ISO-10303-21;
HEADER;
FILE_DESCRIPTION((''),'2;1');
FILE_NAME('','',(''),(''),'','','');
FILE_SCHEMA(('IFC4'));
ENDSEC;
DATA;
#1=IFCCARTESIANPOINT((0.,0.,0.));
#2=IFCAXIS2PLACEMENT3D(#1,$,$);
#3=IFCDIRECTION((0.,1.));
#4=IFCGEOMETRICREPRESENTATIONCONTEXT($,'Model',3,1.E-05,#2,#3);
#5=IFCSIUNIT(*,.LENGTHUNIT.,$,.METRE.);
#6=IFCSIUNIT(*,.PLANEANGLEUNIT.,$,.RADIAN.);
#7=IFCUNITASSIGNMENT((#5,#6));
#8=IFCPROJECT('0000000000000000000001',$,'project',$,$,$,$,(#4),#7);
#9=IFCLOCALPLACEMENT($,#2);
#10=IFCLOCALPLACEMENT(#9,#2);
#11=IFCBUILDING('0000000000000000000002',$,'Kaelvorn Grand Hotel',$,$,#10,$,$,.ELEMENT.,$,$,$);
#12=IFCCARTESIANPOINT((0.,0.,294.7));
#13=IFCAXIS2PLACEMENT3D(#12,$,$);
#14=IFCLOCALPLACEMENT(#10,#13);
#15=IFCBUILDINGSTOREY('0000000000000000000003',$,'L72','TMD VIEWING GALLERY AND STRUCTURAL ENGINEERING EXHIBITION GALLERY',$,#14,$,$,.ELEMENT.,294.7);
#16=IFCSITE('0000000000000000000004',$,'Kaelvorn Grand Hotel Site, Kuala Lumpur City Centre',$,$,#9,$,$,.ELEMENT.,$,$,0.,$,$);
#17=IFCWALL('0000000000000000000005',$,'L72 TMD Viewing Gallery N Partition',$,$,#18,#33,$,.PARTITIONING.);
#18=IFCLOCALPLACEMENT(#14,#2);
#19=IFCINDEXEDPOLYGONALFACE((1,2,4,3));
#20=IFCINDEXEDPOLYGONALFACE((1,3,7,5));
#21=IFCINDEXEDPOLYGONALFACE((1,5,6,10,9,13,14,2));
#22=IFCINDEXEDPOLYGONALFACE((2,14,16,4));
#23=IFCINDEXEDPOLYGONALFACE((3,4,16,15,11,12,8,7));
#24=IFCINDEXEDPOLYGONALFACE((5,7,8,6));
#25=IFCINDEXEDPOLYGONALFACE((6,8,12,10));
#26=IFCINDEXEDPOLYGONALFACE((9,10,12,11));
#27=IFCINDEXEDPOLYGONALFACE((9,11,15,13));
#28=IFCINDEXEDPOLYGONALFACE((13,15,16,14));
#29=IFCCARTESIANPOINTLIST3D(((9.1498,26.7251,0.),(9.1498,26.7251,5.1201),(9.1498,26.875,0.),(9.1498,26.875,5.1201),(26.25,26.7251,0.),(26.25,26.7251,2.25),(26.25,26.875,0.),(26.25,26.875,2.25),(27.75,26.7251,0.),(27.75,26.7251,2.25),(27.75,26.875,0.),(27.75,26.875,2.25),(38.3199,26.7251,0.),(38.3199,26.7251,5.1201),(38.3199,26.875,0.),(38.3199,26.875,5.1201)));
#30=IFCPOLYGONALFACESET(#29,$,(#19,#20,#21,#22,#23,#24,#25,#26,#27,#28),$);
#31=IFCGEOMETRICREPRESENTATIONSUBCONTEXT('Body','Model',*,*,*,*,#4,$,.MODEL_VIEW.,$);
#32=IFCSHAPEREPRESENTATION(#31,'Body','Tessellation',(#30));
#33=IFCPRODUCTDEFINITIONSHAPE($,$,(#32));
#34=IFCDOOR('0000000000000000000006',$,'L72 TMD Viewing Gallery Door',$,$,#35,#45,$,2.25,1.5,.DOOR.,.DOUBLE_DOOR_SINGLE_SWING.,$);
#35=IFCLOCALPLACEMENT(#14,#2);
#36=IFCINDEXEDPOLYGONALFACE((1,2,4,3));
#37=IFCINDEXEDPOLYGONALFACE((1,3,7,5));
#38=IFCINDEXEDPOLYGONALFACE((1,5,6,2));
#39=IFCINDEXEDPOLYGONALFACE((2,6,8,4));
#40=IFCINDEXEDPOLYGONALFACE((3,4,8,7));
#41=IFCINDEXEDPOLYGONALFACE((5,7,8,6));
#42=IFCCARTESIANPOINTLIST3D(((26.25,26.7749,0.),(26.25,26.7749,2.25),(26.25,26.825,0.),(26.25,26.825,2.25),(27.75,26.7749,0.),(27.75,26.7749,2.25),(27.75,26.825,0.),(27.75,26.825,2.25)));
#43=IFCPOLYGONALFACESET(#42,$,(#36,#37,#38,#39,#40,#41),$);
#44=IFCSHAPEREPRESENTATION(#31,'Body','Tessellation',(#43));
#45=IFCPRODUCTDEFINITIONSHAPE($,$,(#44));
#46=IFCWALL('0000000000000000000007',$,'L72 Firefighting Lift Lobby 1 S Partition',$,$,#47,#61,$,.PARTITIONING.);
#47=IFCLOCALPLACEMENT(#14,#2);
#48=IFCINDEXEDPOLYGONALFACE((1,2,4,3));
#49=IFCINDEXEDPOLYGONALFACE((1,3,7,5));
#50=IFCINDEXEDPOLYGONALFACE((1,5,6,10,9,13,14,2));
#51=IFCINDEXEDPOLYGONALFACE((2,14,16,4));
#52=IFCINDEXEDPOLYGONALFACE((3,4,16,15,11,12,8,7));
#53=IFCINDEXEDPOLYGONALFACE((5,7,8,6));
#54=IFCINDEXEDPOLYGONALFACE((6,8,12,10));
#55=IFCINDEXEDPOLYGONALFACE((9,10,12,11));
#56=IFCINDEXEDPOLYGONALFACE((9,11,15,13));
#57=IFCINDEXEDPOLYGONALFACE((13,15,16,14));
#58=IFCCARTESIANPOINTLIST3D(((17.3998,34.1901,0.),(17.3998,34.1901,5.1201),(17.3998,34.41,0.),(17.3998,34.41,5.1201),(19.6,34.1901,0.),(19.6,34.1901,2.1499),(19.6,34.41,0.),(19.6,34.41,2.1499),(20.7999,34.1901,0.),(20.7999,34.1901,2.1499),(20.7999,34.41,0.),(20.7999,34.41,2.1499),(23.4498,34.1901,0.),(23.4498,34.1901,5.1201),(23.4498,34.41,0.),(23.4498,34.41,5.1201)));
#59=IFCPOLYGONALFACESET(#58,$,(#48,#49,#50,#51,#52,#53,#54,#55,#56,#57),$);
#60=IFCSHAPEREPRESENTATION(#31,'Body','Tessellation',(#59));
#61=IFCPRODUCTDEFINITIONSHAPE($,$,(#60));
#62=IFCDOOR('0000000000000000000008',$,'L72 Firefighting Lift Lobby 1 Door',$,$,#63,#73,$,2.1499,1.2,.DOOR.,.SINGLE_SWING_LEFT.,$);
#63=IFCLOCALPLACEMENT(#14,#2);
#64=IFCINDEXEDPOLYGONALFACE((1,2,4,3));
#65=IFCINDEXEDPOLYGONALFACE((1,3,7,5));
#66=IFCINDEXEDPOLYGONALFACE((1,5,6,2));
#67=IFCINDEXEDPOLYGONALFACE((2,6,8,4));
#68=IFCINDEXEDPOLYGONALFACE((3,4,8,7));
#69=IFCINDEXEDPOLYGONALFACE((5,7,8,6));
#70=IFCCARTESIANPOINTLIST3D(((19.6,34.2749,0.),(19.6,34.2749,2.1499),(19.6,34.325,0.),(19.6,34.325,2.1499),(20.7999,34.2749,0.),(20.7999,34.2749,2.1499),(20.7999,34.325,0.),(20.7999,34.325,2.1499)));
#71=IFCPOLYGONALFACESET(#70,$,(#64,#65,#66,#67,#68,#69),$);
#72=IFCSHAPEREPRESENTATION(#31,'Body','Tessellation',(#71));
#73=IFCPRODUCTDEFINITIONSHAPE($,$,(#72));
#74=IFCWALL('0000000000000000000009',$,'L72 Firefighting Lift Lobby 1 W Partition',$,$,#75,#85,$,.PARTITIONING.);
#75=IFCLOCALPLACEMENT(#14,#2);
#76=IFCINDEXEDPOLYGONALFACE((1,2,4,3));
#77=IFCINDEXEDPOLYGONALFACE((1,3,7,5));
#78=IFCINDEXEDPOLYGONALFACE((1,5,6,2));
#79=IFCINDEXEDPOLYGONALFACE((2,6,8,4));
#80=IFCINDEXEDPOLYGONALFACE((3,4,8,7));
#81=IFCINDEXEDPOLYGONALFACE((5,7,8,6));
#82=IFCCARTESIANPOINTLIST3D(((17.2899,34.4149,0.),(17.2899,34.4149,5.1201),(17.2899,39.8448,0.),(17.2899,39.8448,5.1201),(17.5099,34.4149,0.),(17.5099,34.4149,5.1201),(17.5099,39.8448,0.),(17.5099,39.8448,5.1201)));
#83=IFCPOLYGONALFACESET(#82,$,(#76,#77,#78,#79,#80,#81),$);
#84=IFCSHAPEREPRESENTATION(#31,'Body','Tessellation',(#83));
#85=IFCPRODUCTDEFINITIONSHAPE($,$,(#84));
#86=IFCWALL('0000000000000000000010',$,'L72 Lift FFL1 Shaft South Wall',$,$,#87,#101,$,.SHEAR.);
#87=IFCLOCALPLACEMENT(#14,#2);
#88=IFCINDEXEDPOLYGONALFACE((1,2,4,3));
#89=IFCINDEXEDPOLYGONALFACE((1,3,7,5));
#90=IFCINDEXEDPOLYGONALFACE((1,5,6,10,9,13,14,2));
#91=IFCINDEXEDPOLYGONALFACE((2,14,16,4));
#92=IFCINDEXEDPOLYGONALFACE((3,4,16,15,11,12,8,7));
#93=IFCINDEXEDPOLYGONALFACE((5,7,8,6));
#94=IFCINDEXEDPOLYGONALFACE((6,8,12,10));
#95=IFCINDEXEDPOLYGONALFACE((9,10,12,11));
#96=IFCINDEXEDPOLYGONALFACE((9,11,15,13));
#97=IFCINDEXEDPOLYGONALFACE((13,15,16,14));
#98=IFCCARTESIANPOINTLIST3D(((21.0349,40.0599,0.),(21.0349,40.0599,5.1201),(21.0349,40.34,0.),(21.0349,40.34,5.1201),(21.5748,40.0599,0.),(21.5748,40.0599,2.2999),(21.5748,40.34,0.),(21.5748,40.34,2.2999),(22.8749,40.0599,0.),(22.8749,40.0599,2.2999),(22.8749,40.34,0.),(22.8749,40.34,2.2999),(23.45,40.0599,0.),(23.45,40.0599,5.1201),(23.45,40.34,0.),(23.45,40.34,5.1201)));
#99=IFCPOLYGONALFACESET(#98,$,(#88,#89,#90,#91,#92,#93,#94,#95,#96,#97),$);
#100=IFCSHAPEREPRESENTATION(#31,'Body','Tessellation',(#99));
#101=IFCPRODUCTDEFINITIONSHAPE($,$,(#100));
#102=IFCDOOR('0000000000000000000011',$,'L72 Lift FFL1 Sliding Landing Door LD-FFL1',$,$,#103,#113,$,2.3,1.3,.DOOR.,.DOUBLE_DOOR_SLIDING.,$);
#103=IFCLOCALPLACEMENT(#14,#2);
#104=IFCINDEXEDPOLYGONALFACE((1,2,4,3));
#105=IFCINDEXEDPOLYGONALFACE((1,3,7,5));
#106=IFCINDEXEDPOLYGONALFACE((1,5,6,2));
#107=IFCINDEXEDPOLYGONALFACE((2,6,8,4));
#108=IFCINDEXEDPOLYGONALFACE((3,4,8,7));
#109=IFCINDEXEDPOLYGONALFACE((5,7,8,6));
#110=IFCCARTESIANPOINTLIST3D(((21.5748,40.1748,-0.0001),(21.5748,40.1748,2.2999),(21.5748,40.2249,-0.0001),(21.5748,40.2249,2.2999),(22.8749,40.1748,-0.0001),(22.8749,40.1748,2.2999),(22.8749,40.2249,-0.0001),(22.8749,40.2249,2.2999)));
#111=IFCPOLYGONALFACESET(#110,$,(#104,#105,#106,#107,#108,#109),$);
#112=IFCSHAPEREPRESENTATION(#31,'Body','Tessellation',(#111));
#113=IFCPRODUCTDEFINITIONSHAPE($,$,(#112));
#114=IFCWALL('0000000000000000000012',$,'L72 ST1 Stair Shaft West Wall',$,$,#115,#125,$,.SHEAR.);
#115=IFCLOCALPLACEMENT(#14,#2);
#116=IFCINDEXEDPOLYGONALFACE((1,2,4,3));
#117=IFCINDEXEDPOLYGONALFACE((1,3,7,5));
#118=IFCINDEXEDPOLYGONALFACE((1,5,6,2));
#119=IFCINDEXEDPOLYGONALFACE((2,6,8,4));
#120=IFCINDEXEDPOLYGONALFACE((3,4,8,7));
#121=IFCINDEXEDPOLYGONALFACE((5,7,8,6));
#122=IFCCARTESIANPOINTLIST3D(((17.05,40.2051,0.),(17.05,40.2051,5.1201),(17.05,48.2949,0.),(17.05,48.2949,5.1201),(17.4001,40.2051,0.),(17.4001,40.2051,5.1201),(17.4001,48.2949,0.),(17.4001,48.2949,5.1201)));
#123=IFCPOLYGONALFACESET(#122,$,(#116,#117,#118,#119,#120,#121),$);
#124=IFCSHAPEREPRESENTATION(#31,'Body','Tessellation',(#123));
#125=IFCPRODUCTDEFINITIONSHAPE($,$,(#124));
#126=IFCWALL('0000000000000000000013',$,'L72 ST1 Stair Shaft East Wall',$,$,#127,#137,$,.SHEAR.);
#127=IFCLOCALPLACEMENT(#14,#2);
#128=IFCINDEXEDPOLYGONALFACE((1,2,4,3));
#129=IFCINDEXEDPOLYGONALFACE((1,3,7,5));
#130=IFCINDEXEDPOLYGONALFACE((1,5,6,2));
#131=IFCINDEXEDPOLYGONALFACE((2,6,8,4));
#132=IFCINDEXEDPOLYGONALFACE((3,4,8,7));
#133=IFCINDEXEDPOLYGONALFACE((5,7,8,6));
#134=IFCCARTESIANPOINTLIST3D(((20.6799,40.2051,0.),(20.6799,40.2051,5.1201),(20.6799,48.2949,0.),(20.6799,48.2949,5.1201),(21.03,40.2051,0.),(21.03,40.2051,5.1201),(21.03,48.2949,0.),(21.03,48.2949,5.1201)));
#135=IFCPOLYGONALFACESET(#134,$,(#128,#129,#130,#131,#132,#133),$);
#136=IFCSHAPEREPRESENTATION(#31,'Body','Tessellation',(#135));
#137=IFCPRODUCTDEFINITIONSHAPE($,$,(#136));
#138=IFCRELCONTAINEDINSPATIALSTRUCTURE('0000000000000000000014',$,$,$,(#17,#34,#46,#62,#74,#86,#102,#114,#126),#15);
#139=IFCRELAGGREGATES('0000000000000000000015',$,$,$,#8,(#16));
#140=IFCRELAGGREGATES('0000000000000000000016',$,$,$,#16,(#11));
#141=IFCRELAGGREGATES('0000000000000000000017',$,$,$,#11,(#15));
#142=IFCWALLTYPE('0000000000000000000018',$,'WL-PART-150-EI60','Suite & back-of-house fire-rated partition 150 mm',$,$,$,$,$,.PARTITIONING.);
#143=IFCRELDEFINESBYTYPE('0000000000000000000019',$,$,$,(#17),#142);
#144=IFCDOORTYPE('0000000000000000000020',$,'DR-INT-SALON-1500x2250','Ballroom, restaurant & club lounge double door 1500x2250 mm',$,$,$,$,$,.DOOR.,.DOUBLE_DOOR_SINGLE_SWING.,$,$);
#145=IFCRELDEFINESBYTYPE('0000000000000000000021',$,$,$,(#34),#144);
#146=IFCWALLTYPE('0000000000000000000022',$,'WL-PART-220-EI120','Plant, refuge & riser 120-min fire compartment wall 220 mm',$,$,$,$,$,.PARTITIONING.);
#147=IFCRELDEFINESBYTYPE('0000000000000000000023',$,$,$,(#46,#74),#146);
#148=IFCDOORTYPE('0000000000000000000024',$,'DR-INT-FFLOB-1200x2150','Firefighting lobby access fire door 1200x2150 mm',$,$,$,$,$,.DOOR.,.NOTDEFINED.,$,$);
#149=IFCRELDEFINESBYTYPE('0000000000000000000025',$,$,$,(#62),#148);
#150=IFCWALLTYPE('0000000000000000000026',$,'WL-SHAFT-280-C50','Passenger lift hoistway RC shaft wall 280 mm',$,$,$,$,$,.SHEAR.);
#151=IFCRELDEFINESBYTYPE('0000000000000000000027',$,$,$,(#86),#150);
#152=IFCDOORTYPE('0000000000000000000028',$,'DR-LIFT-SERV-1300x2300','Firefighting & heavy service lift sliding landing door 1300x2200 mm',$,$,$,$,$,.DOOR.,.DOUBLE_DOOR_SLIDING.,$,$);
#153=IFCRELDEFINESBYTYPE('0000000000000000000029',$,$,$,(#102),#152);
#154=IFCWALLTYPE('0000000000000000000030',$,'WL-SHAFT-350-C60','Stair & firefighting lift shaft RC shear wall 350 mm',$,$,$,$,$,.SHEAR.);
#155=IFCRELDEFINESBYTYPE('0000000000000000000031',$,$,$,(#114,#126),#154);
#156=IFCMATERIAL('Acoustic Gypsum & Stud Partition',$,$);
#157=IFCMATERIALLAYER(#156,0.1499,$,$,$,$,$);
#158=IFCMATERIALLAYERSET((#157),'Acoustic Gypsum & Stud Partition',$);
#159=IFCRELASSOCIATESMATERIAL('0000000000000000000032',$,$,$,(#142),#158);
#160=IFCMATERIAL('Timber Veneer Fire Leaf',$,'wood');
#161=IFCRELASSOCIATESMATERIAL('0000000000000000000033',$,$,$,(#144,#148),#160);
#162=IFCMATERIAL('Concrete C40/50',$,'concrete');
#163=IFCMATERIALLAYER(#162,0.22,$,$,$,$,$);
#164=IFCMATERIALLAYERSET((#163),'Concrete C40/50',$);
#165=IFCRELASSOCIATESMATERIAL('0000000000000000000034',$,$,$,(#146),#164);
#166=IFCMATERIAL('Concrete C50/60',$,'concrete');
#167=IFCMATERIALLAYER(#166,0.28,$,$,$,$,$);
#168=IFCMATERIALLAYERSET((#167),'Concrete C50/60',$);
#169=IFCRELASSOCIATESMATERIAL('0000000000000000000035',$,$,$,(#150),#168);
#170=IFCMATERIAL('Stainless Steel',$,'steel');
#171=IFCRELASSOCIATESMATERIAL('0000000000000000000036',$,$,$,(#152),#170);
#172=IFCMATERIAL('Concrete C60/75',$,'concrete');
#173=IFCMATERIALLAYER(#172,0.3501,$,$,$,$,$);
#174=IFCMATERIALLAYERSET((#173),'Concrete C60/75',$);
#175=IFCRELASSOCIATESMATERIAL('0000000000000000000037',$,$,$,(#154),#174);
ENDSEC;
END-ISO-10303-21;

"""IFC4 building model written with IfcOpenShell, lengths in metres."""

from ifc_helpers import new_model, si_unit, direction, frame, frame_2d, origin, place, context, subcontext, project, spatial, rectangle, extrude, material, layer, layer_set, type_object, element, fill, save


model = new_model("IFC4")

# Units and contexts
model_context = context("Model", 3, precision=1e-05, world=origin(), true_north=direction((0.0, 1.0)))
body_context = subcontext(model_context, "Body", "Model", "MODEL_VIEW")
ifc_project = project(units=[si_unit("LENGTHUNIT", "METRE"), si_unit("PLANEANGLEUNIT", "RADIAN")], contexts=[model_context])

# Site, building, storey
site_placement = place(None, origin())
site = spatial("IfcSite", under=ifc_project, at=site_placement, Name="Kaelvorn Grand Hotel Site, Kuala Lumpur City Centre", CompositionType="ELEMENT", RefElevation=0.0)
building_placement = place(site_placement, origin())
building = spatial("IfcBuilding", under=site, at=building_placement, Name="Kaelvorn Grand Hotel", CompositionType="ELEMENT")
storey_placement = place(building_placement, frame((0.0, 0.0, 294.7)))
storey = spatial("IfcBuildingStorey", under=building, at=storey_placement, Name="L72", Description="TMD VIEWING GALLERY AND STRUCTURAL ENGINEERING EXHIBITION GALLERY", CompositionType="ELEMENT", Elevation=294.7)

# Shared definitions
ifc_material_1 = material(Name="Concrete C50/60", Category="concrete")

# Walls, openings, doors
ifc_material_2 = material(Name="Acoustic Gypsum & Stud Partition")
ifc_layer_1 = layer(ifc_material_2, 0.1499)
ifc_layer_set_1 = layer_set([ifc_layer_1], Name="Acoustic Gypsum & Stud Partition")
wall_type_1 = type_object("IfcWallType", Name="WL-PART-150-EI60", Description="Suite & back-of-house fire-rated partition 150 mm", PredefinedType="PARTITIONING", material=ifc_layer_set_1)
wall_1_placement = place(storey_placement, frame((9.1499, 26.8, 0.0), z_axis=(0.0, 0.0, 1.0), x_axis=(1.0, 0.0, 0.0)))
wall_1 = element("IfcWall", 1, at=wall_1_placement, inside=storey, type_object=wall_type_1, Name="L72 TMD Viewing Gallery N Partition", PredefinedType="PARTITIONING", context=body_context, shape_type="SweptSolid", body=[
    extrude(rectangle(XDim=29.1702, YDim=0.1499, at=frame_2d((14.585, 0.0))), origin(), (0.0, 0.0, 1.0), 5.1201),
])
opening_1_placement = place(wall_1_placement, frame((17.1001, 0.0, 0.0)))
opening_1 = element("IfcOpeningElement", 2, at=opening_1_placement, cuts=wall_1, PredefinedType="OPENING", context=body_context, shape_type="SweptSolid", body=[
    extrude(rectangle(XDim=1.5, YDim=2.25, at=frame_2d((0.75, 1.125))), frame((0.0, 0.085, 0.0), z_axis=(0.0, -1.0, 0.0), x_axis=(1.0, 0.0, 0.0)), (0.0, 0.0, 1.0), 0.1699),
])
ifc_material_3 = material(Name="Timber Veneer Fire Leaf", Category="wood")
door_type_1 = type_object("IfcDoorType", Name="DR-INT-SALON-1500x2250", Description="Ballroom, restaurant & club lounge double door 1500x2250 mm", OperationType="DOUBLE_DOOR_SINGLE_SWING", PredefinedType="DOOR", material=ifc_material_3)
door_1_placement = place(opening_1_placement, origin())
door_1 = element("IfcDoor", 3, at=door_1_placement, inside=storey, type_object=door_type_1, Name="L72 TMD Viewing Gallery Door", OperationType="DOUBLE_DOOR_SINGLE_SWING", OverallHeight=2.25, OverallWidth=1.5, PredefinedType="DOOR", context=body_context, shape_type="SweptSolid", body=[
    extrude(rectangle(XDim=1.5, YDim=2.25, at=frame_2d((0.75, 1.125))), frame((0.0, 0.0249, 0.0), z_axis=(0.0, -1.0, 0.0), x_axis=(1.0, 0.0, 0.0)), (0.0, 0.0, 1.0), 0.05),
])
fill(opening_1, door_1)
ifc_material_4 = material(Name="Concrete C40/50", Category="concrete")
ifc_layer_2 = layer(ifc_material_4, 0.22)
ifc_layer_set_2 = layer_set([ifc_layer_2], Name="Concrete C40/50")
wall_type_2 = type_object("IfcWallType", Name="WL-PART-220-EI120", Description="Plant, refuge & riser 120-min fire compartment wall 220 mm", PredefinedType="PARTITIONING", material=ifc_layer_set_2)
wall_2_placement = place(storey_placement, frame((17.3999, 34.3, 0.0), z_axis=(0.0, 0.0, 1.0), x_axis=(1.0, 0.0, 0.0)))
wall_2 = element("IfcWall", 4, at=wall_2_placement, inside=storey, type_object=wall_type_2, Name="L72 Firefighting Lift Lobby 1 S Partition", PredefinedType="PARTITIONING", context=body_context, shape_type="SweptSolid", body=[
    extrude(rectangle(XDim=6.05, YDim=0.22, at=frame_2d((3.0249, 0.0))), origin(), (0.0, 0.0, 1.0), 5.1201),
])
opening_2_placement = place(wall_2_placement, frame((2.2, 0.0, 0.0)))
opening_2 = element("IfcOpeningElement", 5, at=opening_2_placement, cuts=wall_2, PredefinedType="OPENING", context=body_context, shape_type="SweptSolid", body=[
    extrude(rectangle(XDim=1.2, YDim=2.1499, at=frame_2d((0.6001, 1.075))), frame((0.0, 0.1201, 0.0), z_axis=(0.0, -1.0, 0.0), x_axis=(1.0, 0.0, 0.0)), (0.0, 0.0, 1.0), 0.24),
])
door_type_2 = type_object("IfcDoorType", Name="DR-INT-FFLOB-1200x2150", Description="Firefighting lobby access fire door 1200x2150 mm", OperationType="NOTDEFINED", PredefinedType="DOOR", material=ifc_material_3)
door_2_placement = place(opening_2_placement, origin())
door_2 = element("IfcDoor", 6, at=door_2_placement, inside=storey, type_object=door_type_2, Name="L72 Firefighting Lift Lobby 1 Door", OperationType="SINGLE_SWING_LEFT", OverallHeight=2.1499, OverallWidth=1.2, PredefinedType="DOOR", context=body_context, shape_type="SweptSolid", body=[
    extrude(rectangle(XDim=1.2, YDim=2.1499, at=frame_2d((0.6001, 1.075))), frame((0.0, 0.0249, 0.0), z_axis=(0.0, -1.0, 0.0), x_axis=(1.0, 0.0, 0.0)), (0.0, 0.0, 1.0), 0.05),
])
fill(opening_2, door_2)

# Wall
wall_3_placement = place(storey_placement, frame((17.3999, 34.415, 0.0), z_axis=(0.0, 0.0, 1.0), x_axis=(0.0, 1.0, 0.0)))
element("IfcWall", 7, at=wall_3_placement, inside=storey, type_object=wall_type_2, Name="L72 Firefighting Lift Lobby 1 W Partition", PredefinedType="PARTITIONING", context=body_context, shape_type="SweptSolid", body=[
    extrude(rectangle(XDim=5.4299, YDim=0.22, at=frame_2d((2.7148, 0.0))), origin(), (0.0, 0.0, 1.0), 5.1201),
])

# Wall, opening, door
ifc_layer_3 = layer(ifc_material_1, 0.28)
ifc_layer_set_3 = layer_set([ifc_layer_3], Name="Concrete C50/60")
wall_type_3 = type_object("IfcWallType", Name="WL-SHAFT-280-C50", Description="Passenger lift hoistway RC shaft wall 280 mm", PredefinedType="SHEAR", material=ifc_layer_set_3)
wall_4_placement = place(storey_placement, frame((21.0349, 40.2, 0.0), z_axis=(0.0, 0.0, 1.0), x_axis=(1.0, 0.0, 0.0)))
wall_4 = element("IfcWall", 8, at=wall_4_placement, inside=storey, type_object=wall_type_3, Name="L72 Lift FFL1 Shaft South Wall", PredefinedType="SHEAR", context=body_context, shape_type="SweptSolid", body=[
    extrude(rectangle(XDim=2.415, YDim=0.28, at=frame_2d((1.2075, 0.0))), origin(), (0.0, 0.0, 1.0), 5.1201),
])
opening_3_placement = place(wall_4_placement, frame((0.54, 0.0, 0.0)))
opening_3 = element("IfcOpeningElement", 9, at=opening_3_placement, cuts=wall_4, PredefinedType="OPENING", context=body_context, shape_type="SweptSolid", body=[
    extrude(rectangle(XDim=1.3, YDim=2.3, at=frame_2d((0.6499, 1.1499))), frame((0.0, 0.1499, 0.0), z_axis=(0.0, -1.0, 0.0), x_axis=(1.0, 0.0, 0.0)), (0.0, 0.0, 1.0), 0.3),
])
ifc_material_5 = material(Name="Stainless Steel", Category="steel")
door_type_3 = type_object("IfcDoorType", Name="DR-LIFT-SERV-1300x2300", Description="Firefighting & heavy service lift sliding landing door 1300x2200 mm", OperationType="DOUBLE_DOOR_SLIDING", PredefinedType="DOOR", material=ifc_material_5)
door_3_placement = place(opening_3_placement, origin())
door_3 = element("IfcDoor", 10, at=door_3_placement, inside=storey, type_object=door_type_3, Name="L72 Lift FFL1 Sliding Landing Door LD-FFL1", OperationType="DOUBLE_DOOR_SLIDING", OverallHeight=2.3, OverallWidth=1.3, PredefinedType="DOOR", context=body_context, shape_type="SweptSolid", body=[
    extrude(rectangle(XDim=1.3, YDim=2.3, at=frame_2d((0.6499, 1.1499))), frame((0.0, 0.0249, 0.0), z_axis=(0.0, -1.0, 0.0), x_axis=(1.0, 0.0, 0.0)), (0.0, 0.0, 1.0), 0.05),
])
fill(opening_3, door_3)
ifc_material_6 = material(Name="Concrete C60/75", Category="concrete")
ifc_layer_4 = layer(ifc_material_6, 0.3501)
ifc_layer_set_4 = layer_set([ifc_layer_4], Name="Concrete C60/75")
wall_type_4 = type_object("IfcWallType", Name="WL-SHAFT-350-C60", Description="Stair & firefighting lift shaft RC shear wall 350 mm", PredefinedType="SHEAR", material=ifc_layer_set_4)

# Walls
for number, where, z_axis, x_axis, name in (
    (11, (17.2251, 40.2051, 0.0), (0.0, 0.0, 1.0), (0.0, 1.0, 0.0), "L72 ST1 Stair Shaft West Wall"),
    (12, (20.855, 40.2051, 0.0), (0.0, 0.0, 1.0), (0.0, 1.0, 0.0), "L72 ST1 Stair Shaft East Wall"),
):
    element("IfcWall", number, at=place(storey_placement, frame(where, z_axis=z_axis, x_axis=x_axis)), inside=storey, type_object=wall_type_4, Name=name, PredefinedType="SHEAR", context=body_context, shape_type="SweptSolid", body=[
        extrude(rectangle(XDim=8.0898, YDim=0.3501, at=frame_2d((4.0449, 0.0))), origin(), (0.0, 0.0, 1.0), 5.1201),
    ])

save(model, "model.ifc")
